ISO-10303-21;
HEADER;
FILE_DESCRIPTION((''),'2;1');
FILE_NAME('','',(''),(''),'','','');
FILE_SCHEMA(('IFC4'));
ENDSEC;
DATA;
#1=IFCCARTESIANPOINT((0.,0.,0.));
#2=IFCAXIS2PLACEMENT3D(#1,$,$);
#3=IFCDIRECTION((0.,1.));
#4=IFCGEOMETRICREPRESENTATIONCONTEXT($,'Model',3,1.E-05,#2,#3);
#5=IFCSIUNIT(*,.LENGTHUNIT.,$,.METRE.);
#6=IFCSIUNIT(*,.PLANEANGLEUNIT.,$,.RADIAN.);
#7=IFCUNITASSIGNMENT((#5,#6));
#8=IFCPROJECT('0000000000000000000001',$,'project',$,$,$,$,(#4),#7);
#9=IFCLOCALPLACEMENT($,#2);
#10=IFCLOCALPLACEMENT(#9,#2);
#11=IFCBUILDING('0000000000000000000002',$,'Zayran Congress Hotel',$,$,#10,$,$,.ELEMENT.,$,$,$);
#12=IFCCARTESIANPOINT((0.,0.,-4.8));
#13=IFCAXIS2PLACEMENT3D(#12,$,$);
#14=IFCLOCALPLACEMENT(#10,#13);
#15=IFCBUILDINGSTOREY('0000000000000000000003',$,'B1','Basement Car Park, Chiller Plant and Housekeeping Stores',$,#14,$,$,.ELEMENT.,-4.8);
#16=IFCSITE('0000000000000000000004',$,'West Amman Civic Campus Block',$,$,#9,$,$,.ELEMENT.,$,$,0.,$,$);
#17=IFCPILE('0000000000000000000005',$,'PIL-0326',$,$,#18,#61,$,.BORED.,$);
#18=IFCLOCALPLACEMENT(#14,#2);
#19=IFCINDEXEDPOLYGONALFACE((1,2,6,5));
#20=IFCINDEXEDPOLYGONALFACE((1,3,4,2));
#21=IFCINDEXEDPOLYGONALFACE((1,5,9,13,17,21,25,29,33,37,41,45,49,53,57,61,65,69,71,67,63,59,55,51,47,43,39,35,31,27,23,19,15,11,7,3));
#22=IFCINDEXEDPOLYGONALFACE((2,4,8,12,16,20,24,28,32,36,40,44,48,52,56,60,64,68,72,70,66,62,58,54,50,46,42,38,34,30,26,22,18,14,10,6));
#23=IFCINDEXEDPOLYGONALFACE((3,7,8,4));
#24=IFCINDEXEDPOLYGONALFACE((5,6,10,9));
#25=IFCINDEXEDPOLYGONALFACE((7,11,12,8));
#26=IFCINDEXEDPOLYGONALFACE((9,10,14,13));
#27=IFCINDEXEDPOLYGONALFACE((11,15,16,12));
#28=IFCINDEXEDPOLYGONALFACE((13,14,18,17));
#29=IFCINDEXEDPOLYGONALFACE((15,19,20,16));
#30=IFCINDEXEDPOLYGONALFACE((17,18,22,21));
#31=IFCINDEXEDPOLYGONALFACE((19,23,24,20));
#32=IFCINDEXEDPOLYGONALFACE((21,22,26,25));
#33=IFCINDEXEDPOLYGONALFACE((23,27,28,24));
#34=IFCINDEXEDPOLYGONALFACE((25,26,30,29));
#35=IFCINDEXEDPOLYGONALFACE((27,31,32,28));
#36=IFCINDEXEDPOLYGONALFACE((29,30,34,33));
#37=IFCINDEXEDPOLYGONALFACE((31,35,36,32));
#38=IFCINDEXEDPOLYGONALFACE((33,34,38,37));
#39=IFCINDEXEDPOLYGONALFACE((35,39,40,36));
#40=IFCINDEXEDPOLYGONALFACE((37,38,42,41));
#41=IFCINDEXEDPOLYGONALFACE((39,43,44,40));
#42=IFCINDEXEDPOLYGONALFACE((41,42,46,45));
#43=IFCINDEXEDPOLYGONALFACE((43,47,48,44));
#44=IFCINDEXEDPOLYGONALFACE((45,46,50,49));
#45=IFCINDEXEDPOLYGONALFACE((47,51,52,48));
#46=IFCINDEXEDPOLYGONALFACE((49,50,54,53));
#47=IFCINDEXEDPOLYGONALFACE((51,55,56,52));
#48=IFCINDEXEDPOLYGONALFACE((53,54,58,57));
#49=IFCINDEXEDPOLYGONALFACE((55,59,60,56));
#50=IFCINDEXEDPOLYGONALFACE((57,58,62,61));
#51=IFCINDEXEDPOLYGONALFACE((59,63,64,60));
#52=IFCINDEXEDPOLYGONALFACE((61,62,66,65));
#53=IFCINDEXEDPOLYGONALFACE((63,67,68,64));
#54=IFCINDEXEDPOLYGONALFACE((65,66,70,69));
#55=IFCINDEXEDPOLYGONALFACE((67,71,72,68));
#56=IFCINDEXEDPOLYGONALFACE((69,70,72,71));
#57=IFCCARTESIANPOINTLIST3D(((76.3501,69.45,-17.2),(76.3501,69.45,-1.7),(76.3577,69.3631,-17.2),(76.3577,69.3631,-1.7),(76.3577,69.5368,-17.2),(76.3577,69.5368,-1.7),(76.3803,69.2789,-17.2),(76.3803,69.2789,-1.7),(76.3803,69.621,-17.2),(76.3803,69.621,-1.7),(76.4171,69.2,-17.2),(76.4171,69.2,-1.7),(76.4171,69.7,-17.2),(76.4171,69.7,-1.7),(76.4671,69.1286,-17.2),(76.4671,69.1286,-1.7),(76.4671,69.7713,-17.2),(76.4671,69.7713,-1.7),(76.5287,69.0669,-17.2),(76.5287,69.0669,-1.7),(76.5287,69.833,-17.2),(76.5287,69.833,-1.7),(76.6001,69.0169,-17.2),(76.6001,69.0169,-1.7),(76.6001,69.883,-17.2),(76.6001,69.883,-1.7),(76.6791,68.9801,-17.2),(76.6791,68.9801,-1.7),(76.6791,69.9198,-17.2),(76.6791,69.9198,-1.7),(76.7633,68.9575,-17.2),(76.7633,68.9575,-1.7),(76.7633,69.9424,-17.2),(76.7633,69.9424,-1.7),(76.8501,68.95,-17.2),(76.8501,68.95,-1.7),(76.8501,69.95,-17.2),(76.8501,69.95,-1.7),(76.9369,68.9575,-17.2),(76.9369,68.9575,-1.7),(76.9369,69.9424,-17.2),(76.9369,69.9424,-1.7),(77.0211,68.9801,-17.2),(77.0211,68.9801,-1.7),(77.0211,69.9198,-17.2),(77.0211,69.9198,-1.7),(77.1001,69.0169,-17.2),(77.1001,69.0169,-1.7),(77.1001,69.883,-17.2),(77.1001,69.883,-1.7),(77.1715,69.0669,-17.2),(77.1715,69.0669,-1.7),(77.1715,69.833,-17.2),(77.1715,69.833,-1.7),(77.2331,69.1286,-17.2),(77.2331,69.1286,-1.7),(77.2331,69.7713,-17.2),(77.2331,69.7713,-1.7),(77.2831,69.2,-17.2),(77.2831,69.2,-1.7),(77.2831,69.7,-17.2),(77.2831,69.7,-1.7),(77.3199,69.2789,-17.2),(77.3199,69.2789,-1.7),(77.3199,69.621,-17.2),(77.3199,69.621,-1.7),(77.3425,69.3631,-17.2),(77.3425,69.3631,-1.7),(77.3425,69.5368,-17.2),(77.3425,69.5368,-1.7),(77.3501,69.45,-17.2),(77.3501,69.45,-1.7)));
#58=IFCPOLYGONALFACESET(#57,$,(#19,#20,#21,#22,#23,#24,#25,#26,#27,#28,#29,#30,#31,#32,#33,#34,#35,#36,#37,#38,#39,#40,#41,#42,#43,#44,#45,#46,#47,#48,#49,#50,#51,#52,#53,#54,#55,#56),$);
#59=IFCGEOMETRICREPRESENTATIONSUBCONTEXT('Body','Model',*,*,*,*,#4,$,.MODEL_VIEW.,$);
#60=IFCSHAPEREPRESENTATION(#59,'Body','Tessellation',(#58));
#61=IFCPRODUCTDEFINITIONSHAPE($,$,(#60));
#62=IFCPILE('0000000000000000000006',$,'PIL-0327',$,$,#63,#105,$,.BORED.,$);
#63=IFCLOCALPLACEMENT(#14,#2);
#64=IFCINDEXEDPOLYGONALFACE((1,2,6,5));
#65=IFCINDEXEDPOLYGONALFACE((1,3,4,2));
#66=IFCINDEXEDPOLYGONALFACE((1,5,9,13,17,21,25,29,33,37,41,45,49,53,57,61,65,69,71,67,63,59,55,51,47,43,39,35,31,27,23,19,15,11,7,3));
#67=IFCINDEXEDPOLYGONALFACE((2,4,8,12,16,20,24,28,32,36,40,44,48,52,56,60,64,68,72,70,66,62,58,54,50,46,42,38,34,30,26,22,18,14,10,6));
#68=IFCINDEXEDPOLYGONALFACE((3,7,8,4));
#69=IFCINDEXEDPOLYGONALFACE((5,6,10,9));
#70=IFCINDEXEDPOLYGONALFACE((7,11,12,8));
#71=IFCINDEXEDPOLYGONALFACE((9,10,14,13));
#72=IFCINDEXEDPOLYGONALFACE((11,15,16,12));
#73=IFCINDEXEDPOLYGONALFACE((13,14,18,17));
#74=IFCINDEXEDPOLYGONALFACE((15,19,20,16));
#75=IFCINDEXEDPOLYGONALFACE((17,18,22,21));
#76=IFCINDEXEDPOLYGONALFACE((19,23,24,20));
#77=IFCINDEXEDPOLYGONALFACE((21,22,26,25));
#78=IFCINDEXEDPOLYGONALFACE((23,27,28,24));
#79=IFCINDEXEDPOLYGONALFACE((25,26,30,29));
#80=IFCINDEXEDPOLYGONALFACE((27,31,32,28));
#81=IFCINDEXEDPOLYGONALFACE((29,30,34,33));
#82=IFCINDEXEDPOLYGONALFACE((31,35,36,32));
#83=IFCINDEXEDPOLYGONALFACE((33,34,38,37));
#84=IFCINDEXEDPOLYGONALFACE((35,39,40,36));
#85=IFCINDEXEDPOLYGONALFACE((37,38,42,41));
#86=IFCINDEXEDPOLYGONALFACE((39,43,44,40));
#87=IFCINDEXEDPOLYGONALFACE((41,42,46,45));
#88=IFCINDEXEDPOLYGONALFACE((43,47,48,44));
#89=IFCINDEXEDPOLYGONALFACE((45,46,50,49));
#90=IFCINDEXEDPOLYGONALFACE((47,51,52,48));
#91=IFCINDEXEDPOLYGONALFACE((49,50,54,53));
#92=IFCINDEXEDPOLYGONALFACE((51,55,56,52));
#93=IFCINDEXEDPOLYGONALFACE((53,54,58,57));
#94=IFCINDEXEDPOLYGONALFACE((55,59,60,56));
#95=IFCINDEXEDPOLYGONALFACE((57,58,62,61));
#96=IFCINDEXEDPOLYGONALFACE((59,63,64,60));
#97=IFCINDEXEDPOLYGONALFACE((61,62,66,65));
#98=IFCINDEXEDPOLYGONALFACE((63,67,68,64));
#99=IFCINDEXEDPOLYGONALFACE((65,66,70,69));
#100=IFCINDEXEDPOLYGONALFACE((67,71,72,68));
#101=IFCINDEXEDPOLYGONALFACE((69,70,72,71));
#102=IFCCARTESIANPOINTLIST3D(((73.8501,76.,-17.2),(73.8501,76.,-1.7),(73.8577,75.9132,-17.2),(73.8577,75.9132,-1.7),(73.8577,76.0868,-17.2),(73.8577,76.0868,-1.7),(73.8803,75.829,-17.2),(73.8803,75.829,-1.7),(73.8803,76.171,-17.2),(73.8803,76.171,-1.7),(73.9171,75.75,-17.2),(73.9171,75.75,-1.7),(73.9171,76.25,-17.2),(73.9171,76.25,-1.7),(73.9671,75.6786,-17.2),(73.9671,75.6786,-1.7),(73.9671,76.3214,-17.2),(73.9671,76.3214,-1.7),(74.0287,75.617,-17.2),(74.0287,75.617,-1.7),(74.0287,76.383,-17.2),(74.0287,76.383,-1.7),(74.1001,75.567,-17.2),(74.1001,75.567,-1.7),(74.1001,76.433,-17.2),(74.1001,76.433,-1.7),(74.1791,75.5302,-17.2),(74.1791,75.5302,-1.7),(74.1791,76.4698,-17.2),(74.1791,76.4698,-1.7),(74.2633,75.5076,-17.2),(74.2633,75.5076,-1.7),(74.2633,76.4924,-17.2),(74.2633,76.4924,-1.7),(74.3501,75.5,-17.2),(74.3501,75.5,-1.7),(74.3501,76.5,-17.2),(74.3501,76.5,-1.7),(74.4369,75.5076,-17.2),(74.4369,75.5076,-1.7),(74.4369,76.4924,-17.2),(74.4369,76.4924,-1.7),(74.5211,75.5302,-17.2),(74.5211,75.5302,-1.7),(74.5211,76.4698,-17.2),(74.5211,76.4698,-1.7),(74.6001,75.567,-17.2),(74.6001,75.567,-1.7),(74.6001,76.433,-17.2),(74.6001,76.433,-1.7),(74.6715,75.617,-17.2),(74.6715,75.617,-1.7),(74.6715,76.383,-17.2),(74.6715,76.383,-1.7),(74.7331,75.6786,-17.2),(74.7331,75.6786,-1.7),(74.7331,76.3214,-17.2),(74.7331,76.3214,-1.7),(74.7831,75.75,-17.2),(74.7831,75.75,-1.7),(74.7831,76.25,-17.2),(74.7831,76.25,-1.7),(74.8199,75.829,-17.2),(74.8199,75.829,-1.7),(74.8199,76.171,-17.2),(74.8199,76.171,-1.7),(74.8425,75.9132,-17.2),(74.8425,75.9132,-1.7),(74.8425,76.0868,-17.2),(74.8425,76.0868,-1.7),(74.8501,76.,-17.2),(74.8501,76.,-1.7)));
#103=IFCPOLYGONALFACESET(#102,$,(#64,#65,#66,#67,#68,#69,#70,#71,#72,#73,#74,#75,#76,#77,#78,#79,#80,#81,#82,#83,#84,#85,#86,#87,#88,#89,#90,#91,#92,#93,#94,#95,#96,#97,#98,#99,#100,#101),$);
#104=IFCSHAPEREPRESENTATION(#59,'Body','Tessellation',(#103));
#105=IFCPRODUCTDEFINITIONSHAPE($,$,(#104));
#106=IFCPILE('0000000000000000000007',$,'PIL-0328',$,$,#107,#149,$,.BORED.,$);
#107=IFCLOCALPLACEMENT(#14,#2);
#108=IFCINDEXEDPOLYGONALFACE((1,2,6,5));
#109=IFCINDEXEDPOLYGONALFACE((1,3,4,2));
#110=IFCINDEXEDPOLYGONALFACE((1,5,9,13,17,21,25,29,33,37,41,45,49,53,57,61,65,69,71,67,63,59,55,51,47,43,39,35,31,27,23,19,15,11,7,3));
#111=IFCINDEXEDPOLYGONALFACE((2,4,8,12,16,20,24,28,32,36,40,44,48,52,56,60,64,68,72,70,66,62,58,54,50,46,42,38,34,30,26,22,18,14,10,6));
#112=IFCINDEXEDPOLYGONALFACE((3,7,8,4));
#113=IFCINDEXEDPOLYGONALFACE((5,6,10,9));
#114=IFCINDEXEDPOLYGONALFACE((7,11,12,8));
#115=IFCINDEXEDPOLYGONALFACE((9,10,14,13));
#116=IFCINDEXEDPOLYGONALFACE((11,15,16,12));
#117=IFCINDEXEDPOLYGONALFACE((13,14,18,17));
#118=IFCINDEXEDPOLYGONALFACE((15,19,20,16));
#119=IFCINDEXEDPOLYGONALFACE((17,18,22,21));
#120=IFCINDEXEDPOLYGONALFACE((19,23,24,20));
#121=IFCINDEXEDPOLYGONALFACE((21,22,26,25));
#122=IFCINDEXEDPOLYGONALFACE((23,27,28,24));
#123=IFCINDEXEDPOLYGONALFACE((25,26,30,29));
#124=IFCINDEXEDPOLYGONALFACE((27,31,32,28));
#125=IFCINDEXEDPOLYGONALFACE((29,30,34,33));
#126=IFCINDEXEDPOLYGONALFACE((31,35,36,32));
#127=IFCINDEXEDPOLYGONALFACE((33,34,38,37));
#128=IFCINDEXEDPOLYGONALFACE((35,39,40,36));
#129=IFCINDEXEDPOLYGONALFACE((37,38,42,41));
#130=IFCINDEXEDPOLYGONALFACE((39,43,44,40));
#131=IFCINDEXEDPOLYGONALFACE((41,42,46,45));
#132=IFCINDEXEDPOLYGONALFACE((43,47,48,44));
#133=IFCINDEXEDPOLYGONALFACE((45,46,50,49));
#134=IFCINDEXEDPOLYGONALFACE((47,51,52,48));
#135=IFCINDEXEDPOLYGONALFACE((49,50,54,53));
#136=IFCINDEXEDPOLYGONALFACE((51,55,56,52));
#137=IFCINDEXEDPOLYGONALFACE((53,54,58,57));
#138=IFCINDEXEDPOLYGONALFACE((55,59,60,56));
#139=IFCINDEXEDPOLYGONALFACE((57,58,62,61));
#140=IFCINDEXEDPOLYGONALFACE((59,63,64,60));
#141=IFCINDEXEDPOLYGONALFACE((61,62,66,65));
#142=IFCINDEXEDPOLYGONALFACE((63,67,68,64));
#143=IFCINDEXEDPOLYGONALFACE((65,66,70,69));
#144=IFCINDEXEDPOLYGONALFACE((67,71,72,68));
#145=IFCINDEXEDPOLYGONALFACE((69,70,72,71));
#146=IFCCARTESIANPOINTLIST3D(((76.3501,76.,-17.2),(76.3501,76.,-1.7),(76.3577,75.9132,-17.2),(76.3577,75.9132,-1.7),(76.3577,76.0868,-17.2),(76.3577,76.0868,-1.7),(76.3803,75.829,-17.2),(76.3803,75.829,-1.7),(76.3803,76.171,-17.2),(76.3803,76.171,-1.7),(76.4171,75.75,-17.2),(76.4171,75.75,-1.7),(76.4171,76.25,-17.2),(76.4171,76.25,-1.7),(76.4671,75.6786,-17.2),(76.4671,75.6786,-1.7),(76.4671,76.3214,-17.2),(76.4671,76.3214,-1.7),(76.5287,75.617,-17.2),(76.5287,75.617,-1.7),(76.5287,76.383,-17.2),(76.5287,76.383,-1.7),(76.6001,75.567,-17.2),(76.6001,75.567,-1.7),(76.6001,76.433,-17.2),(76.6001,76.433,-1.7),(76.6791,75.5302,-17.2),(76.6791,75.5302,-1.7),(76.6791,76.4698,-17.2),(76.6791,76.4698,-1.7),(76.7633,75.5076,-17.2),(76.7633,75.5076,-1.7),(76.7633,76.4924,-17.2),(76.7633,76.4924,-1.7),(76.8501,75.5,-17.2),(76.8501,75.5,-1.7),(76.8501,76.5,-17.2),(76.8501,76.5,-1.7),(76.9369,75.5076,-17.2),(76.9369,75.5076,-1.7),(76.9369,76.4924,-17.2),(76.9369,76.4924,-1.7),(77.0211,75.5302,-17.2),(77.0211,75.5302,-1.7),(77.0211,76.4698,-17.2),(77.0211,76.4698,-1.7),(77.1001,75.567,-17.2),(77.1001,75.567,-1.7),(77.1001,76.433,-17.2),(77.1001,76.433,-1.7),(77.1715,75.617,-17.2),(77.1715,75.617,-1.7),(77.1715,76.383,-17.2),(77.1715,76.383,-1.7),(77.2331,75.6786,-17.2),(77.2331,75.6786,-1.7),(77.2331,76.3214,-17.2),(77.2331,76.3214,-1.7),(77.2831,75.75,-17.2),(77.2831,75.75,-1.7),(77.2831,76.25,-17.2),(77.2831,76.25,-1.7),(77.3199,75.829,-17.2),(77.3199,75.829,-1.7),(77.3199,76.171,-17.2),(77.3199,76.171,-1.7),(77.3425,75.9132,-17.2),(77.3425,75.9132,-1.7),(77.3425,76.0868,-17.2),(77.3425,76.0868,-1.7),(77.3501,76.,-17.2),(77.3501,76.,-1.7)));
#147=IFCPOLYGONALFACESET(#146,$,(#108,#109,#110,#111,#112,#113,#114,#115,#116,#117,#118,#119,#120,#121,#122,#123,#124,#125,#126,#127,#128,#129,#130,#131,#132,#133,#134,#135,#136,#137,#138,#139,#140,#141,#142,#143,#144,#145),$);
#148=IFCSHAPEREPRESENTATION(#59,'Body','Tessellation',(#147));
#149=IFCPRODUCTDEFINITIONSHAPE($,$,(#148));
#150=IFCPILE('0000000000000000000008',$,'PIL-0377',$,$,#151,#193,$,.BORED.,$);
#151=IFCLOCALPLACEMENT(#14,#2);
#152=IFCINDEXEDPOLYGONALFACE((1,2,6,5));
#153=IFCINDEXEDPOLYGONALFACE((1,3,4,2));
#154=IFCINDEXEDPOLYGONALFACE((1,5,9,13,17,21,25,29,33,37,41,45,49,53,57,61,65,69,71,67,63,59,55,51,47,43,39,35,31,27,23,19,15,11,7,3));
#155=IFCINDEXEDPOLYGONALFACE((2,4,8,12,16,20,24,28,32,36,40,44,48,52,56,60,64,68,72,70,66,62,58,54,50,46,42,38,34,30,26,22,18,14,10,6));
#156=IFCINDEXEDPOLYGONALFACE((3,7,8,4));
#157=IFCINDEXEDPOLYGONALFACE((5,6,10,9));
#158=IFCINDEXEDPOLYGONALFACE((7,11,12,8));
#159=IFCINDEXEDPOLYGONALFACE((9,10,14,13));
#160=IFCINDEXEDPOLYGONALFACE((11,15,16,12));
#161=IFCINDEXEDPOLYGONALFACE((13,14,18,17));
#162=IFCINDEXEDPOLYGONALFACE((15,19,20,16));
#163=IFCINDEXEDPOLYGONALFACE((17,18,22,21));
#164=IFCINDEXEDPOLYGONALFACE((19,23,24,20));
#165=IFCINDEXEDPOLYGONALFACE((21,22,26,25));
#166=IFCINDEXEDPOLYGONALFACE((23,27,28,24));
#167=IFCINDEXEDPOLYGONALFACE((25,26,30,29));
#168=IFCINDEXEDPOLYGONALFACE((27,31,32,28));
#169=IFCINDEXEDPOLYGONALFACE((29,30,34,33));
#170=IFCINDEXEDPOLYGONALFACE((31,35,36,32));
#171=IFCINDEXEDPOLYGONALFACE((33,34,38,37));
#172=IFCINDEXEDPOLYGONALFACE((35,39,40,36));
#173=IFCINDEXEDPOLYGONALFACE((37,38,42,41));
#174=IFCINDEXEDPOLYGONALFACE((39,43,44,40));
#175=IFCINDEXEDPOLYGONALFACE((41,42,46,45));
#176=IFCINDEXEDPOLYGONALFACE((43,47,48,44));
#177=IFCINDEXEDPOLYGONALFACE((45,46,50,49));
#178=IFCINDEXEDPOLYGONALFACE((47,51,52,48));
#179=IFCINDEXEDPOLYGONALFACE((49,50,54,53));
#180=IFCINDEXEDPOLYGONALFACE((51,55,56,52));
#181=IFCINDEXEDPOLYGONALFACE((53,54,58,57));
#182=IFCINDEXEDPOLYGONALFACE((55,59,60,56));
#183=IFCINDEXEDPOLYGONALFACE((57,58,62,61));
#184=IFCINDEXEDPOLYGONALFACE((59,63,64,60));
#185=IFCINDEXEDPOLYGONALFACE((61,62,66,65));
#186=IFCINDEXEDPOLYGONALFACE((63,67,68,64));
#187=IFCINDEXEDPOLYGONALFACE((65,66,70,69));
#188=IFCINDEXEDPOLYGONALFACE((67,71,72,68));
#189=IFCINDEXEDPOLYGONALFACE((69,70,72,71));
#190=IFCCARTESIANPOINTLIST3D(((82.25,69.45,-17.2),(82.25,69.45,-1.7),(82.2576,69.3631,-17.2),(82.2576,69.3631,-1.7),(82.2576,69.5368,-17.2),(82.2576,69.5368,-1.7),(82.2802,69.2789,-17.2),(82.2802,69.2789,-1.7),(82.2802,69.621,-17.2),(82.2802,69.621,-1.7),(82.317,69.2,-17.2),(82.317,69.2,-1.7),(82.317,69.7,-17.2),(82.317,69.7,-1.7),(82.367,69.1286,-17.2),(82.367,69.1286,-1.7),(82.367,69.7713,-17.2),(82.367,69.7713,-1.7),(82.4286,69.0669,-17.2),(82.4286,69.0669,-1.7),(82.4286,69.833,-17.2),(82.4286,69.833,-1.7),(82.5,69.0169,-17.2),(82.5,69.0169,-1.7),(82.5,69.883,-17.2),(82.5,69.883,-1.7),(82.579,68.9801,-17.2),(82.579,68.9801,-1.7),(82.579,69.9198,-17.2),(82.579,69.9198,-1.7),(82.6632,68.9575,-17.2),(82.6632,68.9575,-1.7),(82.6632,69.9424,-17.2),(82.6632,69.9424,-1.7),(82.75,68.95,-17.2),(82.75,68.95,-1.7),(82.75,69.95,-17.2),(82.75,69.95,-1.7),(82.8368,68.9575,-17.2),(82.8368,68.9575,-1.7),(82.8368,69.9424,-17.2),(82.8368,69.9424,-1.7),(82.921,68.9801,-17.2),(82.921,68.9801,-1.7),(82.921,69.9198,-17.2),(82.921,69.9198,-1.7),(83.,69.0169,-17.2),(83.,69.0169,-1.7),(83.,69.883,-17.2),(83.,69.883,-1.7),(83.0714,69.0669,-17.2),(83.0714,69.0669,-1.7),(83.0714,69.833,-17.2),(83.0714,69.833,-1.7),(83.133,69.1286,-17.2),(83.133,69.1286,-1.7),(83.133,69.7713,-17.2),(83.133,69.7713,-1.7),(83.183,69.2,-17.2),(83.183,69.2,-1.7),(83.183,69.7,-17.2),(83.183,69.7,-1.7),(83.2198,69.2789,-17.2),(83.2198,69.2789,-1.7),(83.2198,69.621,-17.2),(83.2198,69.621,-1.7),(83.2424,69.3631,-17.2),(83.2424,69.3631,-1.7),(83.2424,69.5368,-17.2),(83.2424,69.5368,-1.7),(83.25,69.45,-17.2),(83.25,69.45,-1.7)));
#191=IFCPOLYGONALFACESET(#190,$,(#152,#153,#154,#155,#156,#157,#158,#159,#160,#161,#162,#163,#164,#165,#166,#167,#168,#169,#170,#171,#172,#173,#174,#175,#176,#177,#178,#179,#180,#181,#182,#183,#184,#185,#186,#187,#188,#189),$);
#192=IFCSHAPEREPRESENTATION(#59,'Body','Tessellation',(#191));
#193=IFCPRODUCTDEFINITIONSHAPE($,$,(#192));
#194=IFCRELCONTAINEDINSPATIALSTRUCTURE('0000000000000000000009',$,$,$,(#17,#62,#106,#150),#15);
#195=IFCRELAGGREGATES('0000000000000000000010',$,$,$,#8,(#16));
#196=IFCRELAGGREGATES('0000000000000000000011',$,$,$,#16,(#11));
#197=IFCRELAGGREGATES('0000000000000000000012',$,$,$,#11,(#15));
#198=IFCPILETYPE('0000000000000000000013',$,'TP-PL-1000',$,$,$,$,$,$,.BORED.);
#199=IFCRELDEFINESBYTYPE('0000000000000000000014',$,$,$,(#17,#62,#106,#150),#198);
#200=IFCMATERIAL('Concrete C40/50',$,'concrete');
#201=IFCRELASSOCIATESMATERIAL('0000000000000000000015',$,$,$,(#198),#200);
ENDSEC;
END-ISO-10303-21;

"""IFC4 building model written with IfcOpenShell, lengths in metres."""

from ifc_helpers import new_model, si_unit, direction, frame, origin, origin_2d, place, context, subcontext, project, spatial, circle, extrude, material, material_profile, profile_set, type_object, element, save


model = new_model("IFC4")

# Units and contexts
model_context = context("Model", 3, precision=1e-05, world=origin(), true_north=direction((0.0, 1.0)))
body_context = subcontext(model_context, "Body", "Model", "MODEL_VIEW")
ifc_project = project(units=[si_unit("LENGTHUNIT", "METRE"), si_unit("PLANEANGLEUNIT", "RADIAN")], contexts=[model_context])

# Site, building, storey
site_placement = place(None, origin())
site = spatial("IfcSite", under=ifc_project, at=site_placement, Name="West Amman Civic Campus Block", CompositionType="ELEMENT", RefElevation=0.0)
building_placement = place(site_placement, origin())
building = spatial("IfcBuilding", under=site, at=building_placement, Name="Zayran Congress Hotel", CompositionType="ELEMENT")
storey_placement = place(building_placement, frame((0.0, 0.0, -4.8)))
storey = spatial("IfcBuildingStorey", under=building, at=storey_placement, Name="B1", Description="Basement Car Park, Chiller Plant and Housekeeping Stores", CompositionType="ELEMENT", Elevation=-4.8)

# Piles
ifc_material = material(Name="Concrete C40/50", Category="concrete")
ifc_material_profile_1 = material_profile(ifc_material, circle(Radius=0.5, at=origin_2d()), Name="PILE D1000")
ifc_profile_set_1 = profile_set([ifc_material_profile_1], Name="Concrete C40/50")
pile_type = type_object("IfcPileType", Name="TP-PL-1000", PredefinedType="BORED", material=ifc_profile_set_1)
for number, where, z_axis, x_axis, name in (
    (1, (76.8501, 69.45, -1.7), (0.0, 0.0, -1.0), (1.0, 0.0, 0.0), "PIL-0326"),
    (2, (74.3501, 76.0, -1.7), (0.0, 0.0, -1.0), (1.0, 0.0, 0.0), "PIL-0327"),
    (3, (76.8501, 76.0, -1.7), (0.0, 0.0, -1.0), (1.0, 0.0, 0.0), "PIL-0328"),
    (4, (82.75, 69.45, -1.7), (0.0, 0.0, -1.0), (1.0, 0.0, 0.0), "PIL-0377"),
):
    element("IfcPile", number, at=place(storey_placement, frame(where, z_axis=z_axis, x_axis=x_axis)), inside=storey, type_object=pile_type, Name=name, PredefinedType="BORED", context=body_context, shape_type="SweptSolid", body=[
        extrude(circle(Radius=0.5, at=origin_2d()), origin(), (0.0, 0.0, 1.0), 15.5),
    ])

save(model, "model.ifc")
